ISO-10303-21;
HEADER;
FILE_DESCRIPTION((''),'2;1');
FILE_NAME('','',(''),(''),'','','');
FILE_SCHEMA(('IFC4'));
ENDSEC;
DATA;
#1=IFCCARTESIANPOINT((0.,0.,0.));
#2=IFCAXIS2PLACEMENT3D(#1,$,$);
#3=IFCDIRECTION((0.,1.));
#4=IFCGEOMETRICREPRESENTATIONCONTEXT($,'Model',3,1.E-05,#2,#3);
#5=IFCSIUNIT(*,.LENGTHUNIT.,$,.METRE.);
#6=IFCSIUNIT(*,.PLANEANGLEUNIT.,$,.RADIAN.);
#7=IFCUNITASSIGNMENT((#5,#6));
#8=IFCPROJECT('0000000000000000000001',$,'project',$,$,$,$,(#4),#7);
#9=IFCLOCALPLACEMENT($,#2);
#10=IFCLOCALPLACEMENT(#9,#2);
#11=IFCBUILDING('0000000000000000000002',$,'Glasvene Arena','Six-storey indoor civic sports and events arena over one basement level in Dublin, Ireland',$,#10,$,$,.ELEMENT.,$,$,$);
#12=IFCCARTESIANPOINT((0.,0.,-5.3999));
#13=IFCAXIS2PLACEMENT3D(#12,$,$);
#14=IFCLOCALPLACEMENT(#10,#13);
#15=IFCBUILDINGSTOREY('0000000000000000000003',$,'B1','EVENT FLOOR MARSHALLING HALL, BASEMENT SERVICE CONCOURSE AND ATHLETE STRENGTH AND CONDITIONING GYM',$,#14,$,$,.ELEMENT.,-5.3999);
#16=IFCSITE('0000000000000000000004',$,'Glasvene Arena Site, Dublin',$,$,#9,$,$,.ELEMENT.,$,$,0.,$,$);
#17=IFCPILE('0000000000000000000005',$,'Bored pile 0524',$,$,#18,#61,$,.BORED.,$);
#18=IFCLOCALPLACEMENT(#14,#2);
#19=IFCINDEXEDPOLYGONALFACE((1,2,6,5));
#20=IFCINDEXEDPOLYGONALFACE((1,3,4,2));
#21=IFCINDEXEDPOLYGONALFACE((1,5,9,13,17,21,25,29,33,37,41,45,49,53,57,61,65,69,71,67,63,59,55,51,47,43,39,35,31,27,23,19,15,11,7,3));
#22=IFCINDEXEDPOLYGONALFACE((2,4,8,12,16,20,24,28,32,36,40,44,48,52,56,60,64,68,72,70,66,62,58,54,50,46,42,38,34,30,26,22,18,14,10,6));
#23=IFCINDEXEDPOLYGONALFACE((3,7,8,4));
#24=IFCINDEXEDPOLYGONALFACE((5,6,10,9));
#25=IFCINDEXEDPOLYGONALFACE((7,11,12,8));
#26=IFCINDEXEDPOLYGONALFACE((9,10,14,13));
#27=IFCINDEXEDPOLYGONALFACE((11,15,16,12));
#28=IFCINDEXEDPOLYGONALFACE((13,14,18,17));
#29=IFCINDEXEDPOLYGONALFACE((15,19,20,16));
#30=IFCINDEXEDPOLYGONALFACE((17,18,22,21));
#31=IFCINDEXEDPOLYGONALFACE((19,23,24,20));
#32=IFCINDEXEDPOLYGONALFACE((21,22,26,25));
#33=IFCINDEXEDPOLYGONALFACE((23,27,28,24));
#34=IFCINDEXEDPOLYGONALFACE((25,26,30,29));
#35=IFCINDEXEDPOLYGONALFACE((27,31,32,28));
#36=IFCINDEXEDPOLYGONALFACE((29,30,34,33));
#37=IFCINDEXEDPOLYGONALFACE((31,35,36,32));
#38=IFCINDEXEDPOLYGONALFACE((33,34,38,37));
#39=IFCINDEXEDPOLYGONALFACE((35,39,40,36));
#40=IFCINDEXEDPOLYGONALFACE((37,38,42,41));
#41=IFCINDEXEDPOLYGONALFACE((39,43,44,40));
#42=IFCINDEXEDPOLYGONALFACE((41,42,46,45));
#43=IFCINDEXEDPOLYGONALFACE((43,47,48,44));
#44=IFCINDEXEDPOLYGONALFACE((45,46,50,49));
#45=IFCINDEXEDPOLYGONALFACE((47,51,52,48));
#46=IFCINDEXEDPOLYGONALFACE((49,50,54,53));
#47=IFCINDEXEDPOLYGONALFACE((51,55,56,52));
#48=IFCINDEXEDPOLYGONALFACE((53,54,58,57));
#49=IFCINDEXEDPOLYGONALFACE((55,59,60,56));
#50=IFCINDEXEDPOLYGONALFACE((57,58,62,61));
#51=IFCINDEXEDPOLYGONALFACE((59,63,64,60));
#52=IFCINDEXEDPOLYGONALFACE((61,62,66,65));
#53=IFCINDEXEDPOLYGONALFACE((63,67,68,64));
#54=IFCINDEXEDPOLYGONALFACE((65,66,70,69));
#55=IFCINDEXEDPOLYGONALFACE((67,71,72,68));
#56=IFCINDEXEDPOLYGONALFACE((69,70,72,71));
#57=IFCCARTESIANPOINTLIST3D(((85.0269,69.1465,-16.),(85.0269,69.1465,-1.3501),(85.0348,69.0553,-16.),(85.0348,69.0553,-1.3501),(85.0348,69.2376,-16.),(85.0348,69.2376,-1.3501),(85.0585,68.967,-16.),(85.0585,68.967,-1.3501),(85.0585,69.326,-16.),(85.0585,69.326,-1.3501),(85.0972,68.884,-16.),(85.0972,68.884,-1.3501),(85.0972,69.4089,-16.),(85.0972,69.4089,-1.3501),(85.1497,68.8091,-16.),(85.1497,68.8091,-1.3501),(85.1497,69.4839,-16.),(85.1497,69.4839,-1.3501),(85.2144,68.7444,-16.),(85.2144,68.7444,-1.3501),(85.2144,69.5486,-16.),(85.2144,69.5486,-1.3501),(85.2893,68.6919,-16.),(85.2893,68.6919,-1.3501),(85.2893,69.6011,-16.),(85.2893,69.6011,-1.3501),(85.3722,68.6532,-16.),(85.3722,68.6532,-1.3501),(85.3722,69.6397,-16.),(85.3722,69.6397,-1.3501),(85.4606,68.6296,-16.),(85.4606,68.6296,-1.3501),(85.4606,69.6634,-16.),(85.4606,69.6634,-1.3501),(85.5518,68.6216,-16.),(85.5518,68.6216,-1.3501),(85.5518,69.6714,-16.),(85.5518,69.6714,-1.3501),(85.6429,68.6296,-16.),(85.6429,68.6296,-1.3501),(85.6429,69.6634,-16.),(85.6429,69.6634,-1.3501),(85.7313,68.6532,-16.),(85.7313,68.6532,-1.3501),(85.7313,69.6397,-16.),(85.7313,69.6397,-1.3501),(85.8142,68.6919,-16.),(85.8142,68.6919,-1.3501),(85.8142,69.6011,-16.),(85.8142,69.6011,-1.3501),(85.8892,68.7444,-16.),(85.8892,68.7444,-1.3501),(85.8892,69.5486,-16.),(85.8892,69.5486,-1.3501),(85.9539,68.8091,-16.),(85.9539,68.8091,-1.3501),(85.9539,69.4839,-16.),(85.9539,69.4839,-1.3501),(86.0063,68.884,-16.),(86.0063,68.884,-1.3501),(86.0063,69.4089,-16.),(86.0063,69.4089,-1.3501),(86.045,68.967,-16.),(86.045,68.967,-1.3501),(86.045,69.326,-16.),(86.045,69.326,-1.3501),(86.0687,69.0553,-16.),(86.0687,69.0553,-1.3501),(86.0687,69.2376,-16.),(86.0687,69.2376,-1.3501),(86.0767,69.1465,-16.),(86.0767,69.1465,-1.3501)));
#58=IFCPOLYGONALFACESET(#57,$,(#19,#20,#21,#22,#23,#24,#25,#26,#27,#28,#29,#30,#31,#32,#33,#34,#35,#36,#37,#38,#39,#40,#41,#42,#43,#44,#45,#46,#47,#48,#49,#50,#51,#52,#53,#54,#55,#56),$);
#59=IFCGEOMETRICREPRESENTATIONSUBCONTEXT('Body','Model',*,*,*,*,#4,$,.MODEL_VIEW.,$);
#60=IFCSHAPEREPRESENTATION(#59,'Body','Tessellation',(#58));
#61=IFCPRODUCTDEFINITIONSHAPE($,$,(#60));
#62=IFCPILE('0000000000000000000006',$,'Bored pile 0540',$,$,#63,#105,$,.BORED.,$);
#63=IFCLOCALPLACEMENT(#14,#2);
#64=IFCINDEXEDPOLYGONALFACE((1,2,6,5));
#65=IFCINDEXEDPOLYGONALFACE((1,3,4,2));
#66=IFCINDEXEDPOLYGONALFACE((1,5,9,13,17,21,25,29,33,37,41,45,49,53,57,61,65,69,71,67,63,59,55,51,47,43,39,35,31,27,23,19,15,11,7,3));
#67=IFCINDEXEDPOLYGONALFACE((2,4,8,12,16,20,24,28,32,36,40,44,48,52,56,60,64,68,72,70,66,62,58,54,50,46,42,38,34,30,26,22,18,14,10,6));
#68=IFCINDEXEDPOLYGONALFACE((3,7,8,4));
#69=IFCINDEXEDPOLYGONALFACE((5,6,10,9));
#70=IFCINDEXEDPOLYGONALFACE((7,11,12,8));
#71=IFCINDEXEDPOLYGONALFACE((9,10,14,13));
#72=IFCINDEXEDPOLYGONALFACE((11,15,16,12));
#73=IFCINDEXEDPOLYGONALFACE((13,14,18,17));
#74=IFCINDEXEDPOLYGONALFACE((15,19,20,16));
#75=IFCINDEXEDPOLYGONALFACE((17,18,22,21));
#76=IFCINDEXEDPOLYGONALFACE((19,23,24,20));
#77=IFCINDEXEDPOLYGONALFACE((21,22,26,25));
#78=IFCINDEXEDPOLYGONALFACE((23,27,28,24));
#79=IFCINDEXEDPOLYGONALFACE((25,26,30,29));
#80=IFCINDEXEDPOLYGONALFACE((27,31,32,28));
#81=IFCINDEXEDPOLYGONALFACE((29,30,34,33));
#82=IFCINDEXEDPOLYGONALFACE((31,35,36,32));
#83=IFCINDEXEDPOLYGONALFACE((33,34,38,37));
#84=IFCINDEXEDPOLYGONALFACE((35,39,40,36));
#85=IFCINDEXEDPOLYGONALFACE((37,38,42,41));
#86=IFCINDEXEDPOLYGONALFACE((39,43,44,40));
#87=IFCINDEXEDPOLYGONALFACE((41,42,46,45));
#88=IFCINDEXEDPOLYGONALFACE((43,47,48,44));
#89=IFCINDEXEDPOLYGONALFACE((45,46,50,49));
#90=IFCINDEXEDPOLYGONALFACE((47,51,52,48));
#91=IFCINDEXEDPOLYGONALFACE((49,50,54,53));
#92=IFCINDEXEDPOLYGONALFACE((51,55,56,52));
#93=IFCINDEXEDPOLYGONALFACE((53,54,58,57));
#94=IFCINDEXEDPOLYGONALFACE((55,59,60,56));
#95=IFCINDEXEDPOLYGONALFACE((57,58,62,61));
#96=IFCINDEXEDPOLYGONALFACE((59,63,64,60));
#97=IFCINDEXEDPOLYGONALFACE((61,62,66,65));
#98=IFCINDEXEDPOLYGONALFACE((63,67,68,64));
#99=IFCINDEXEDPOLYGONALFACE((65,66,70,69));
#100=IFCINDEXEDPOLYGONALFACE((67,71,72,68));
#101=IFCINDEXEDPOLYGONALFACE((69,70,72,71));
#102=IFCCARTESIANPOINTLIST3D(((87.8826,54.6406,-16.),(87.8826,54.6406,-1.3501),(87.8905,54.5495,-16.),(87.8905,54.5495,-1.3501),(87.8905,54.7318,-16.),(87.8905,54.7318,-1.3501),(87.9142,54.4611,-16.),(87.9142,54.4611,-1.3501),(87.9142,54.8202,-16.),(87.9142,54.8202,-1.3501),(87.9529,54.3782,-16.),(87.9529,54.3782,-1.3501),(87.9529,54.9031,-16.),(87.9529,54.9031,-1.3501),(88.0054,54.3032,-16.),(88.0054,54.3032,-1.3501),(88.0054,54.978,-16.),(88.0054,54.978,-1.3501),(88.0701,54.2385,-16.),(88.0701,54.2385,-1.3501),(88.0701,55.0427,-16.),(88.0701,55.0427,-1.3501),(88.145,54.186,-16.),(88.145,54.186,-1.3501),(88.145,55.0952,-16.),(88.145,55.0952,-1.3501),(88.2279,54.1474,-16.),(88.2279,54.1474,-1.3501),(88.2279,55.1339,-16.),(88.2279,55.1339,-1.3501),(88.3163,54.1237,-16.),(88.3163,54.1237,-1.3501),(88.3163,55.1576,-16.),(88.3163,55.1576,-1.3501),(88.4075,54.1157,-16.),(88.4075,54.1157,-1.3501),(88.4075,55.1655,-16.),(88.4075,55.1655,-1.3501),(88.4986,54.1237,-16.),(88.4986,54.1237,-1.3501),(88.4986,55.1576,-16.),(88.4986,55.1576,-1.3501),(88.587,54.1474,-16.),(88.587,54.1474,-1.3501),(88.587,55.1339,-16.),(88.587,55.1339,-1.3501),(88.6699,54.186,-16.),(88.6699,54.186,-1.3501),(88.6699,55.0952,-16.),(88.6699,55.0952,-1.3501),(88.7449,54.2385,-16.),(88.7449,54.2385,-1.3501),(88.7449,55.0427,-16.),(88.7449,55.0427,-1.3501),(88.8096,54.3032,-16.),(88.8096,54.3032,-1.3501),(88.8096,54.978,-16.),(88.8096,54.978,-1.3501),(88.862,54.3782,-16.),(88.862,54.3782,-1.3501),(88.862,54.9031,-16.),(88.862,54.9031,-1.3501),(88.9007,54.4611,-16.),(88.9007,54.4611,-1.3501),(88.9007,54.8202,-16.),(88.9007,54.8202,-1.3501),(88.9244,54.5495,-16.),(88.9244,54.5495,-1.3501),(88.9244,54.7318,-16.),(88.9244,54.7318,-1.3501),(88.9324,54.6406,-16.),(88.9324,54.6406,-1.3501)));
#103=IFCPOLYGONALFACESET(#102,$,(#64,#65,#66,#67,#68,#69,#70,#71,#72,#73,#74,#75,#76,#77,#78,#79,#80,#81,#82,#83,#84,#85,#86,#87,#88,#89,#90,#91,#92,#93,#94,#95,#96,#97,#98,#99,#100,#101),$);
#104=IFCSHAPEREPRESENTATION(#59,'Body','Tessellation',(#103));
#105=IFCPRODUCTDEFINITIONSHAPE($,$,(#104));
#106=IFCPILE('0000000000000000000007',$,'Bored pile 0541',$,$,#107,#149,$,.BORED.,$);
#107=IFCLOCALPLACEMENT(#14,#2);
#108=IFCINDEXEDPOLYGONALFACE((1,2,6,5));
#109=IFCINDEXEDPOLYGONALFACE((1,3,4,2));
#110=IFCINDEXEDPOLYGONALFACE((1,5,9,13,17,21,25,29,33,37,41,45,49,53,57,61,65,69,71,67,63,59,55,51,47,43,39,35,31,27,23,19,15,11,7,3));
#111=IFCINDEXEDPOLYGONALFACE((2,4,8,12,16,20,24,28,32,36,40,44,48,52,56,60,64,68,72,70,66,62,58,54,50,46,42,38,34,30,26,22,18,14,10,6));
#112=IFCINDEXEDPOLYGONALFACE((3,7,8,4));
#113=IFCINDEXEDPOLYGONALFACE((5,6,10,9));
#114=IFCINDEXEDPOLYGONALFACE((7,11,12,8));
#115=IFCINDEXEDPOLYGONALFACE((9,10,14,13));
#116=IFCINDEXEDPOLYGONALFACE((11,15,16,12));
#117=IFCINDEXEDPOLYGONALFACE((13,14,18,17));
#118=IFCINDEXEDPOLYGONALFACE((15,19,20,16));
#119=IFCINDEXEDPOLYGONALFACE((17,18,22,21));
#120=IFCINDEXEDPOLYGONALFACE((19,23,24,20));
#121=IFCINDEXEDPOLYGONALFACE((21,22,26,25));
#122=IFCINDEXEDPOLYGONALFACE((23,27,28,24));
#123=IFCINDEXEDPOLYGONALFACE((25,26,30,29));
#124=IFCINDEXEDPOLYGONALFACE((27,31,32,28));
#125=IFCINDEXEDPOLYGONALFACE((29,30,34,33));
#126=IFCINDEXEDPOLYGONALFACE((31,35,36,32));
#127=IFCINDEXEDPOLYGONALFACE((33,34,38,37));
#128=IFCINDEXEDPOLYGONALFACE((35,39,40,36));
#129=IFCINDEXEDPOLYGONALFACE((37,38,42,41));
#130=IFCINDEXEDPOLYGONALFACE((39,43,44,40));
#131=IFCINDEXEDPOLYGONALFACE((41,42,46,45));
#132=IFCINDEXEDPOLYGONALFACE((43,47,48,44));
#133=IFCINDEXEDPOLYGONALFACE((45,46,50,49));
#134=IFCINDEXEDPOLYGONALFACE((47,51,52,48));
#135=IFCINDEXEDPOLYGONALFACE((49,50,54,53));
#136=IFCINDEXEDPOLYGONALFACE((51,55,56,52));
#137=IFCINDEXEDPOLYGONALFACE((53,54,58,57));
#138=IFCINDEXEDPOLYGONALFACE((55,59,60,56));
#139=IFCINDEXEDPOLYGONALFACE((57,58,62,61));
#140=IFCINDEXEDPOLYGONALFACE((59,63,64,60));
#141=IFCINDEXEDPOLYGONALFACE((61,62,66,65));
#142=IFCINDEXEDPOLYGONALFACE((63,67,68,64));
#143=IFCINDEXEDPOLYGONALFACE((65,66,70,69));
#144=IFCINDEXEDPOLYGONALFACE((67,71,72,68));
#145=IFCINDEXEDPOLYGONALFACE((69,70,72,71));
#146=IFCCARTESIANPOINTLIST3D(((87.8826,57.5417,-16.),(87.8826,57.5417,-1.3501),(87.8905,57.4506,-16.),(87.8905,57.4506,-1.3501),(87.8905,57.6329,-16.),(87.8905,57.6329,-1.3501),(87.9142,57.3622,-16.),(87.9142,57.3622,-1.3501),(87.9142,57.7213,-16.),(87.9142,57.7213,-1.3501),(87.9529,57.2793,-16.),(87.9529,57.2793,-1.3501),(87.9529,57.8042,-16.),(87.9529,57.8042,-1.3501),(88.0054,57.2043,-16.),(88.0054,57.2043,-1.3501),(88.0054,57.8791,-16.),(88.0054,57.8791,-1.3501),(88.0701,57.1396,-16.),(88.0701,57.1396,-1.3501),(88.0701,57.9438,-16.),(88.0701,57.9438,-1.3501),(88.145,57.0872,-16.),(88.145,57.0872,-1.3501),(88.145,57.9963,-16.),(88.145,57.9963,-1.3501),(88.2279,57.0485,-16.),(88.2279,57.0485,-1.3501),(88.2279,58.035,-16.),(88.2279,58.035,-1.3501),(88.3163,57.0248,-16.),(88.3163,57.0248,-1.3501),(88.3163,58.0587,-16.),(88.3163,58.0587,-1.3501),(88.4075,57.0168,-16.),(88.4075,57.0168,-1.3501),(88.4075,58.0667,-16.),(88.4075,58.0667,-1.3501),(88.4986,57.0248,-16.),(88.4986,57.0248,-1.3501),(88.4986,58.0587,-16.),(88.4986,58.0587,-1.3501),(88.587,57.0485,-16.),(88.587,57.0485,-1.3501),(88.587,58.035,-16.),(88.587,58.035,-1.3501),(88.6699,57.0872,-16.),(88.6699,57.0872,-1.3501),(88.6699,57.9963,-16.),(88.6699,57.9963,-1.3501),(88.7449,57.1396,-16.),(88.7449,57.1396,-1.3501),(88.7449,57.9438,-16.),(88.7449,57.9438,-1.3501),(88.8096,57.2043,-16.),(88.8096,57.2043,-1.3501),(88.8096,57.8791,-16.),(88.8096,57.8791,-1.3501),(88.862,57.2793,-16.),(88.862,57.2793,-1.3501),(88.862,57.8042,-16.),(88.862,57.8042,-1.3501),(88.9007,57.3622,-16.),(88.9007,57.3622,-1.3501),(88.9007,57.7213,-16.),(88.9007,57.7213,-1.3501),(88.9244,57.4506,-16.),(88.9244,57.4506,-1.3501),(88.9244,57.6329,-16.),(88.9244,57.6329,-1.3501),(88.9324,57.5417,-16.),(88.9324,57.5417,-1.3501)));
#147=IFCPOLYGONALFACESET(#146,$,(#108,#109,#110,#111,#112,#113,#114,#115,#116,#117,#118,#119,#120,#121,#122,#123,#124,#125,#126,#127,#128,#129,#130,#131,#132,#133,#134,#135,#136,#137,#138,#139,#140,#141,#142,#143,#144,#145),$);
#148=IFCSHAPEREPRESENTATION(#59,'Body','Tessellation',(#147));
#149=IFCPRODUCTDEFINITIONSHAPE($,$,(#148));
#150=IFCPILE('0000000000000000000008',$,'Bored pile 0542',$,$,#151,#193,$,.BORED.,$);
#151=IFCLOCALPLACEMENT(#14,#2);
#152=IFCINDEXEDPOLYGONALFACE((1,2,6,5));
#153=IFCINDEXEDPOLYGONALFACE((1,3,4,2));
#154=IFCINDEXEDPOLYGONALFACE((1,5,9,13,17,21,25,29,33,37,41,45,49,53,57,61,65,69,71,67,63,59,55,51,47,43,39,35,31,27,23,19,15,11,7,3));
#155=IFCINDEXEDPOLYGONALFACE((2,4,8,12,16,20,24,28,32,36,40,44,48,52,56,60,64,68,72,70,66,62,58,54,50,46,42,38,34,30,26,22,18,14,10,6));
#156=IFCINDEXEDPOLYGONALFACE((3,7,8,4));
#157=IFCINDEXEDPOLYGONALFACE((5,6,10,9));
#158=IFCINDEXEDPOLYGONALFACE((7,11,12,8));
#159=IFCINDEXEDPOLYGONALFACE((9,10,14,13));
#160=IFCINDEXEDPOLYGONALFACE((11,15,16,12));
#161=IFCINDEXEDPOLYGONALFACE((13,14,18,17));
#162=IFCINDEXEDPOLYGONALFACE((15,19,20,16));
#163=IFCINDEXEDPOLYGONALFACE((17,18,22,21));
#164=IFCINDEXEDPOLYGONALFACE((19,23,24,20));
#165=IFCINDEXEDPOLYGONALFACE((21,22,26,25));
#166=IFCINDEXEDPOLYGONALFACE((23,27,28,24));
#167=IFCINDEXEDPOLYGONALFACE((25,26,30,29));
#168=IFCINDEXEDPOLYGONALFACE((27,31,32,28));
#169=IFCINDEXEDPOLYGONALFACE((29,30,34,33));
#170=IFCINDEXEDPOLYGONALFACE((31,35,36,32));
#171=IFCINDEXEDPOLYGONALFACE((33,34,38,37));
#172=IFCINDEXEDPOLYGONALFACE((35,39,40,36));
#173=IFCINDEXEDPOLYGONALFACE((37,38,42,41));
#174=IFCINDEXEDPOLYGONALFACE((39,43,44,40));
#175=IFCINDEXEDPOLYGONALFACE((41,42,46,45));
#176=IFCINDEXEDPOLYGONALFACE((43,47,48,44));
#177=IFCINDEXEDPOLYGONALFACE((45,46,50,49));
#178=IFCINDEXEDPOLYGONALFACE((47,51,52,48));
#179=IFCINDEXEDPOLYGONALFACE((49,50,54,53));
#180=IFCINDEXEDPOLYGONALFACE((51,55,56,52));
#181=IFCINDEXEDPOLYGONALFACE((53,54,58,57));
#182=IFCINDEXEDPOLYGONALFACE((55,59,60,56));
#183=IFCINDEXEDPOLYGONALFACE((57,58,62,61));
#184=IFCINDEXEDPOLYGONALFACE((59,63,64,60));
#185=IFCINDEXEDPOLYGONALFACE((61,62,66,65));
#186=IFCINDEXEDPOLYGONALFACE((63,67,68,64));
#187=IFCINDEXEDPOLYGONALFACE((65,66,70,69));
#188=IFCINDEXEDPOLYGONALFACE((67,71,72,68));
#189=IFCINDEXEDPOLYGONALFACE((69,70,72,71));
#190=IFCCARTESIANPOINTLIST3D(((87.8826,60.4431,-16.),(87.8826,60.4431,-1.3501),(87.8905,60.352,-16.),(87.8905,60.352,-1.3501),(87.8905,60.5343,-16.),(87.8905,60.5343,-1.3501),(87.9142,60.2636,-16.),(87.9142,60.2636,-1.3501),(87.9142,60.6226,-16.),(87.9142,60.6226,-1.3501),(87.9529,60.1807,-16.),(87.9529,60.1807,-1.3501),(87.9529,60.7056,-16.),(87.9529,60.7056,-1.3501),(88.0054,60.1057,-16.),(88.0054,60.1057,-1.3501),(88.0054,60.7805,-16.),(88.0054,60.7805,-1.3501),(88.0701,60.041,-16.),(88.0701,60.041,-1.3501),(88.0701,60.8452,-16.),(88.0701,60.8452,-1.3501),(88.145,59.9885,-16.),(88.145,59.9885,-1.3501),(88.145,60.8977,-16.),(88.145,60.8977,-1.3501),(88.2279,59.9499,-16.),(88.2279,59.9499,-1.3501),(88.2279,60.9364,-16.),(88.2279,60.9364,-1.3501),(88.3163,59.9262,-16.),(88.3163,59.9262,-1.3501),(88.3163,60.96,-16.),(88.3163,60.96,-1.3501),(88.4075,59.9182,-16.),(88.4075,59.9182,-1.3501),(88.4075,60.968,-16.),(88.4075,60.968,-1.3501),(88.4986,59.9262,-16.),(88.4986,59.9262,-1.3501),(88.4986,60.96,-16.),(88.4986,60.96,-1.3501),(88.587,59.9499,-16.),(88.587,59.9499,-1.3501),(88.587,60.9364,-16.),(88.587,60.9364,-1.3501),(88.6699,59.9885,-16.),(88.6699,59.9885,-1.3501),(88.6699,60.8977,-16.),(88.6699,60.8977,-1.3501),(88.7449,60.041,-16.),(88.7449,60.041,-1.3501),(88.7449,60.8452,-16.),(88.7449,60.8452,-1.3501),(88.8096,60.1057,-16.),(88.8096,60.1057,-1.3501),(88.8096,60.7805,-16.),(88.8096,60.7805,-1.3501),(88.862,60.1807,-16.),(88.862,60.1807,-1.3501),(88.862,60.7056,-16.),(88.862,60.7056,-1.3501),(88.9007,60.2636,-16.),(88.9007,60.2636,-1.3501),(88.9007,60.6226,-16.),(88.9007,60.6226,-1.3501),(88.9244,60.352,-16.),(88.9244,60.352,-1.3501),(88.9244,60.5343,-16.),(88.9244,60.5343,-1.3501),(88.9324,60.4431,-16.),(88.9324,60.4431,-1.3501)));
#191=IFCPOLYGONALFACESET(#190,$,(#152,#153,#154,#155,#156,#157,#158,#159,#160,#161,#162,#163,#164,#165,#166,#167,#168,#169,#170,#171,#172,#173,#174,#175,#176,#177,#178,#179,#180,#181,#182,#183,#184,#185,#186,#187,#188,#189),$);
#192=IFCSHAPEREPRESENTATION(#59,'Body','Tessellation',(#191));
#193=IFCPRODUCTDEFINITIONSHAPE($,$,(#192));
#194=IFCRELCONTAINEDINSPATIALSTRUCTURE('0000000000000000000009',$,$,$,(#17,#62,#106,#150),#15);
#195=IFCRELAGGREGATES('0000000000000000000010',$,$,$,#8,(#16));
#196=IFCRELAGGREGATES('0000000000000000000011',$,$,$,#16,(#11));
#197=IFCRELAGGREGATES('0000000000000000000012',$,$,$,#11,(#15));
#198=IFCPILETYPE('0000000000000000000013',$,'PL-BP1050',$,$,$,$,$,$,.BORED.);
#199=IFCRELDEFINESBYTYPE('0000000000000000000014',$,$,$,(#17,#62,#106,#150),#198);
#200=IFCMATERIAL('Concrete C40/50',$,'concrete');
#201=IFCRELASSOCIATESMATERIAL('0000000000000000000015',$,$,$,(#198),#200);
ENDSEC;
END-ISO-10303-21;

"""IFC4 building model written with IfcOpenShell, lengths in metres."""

from ifc_helpers import new_model, si_unit, direction, frame, origin, origin_2d, place, context, subcontext, project, spatial, circle, extrude, material, material_profile, profile_set, type_object, element, save


model = new_model("IFC4")

# Units and contexts
model_context = context("Model", 3, precision=1e-05, world=origin(), true_north=direction((0.0, 1.0)))
body_context = subcontext(model_context, "Body", "Model", "MODEL_VIEW")
ifc_project = project(units=[si_unit("LENGTHUNIT", "METRE"), si_unit("PLANEANGLEUNIT", "RADIAN")], contexts=[model_context])

# Site, building, storey
site_placement = place(None, origin())
site = spatial("IfcSite", under=ifc_project, at=site_placement, Name="Glasvene Arena Site, Dublin", CompositionType="ELEMENT", RefElevation=0.0)
building_placement = place(site_placement, origin())
building = spatial("IfcBuilding", under=site, at=building_placement, Name="Glasvene Arena", Description="Six-storey indoor civic sports and events arena over one basement level in Dublin, Ireland", CompositionType="ELEMENT")
storey_placement = place(building_placement, frame((0.0, 0.0, -5.3999)))
storey = spatial("IfcBuildingStorey", under=building, at=storey_placement, Name="B1", Description="EVENT FLOOR MARSHALLING HALL, BASEMENT SERVICE CONCOURSE AND ATHLETE STRENGTH AND CONDITIONING GYM", CompositionType="ELEMENT", Elevation=-5.3999)

# Piles
ifc_material = material(Name="Concrete C40/50", Category="concrete")
ifc_material_profile_1 = material_profile(ifc_material, circle(Radius=0.5249, at=origin_2d()), Name="BORED PILE 1050")
ifc_profile_set_1 = profile_set([ifc_material_profile_1], Name="Concrete C40/50")
pile_type = type_object("IfcPileType", Name="PL-BP1050", PredefinedType="BORED", material=ifc_profile_set_1)
for number, where, z_axis, x_axis, name in (
    (1, (85.5518, 69.1465, -1.3501), (0.0, 0.0, -1.0), (1.0, 0.0, 0.0), "Bored pile 0524"),
    (2, (88.4075, 54.6406, -1.3501), (0.0, 0.0, -1.0), (1.0, 0.0, 0.0), "Bored pile 0540"),
    (3, (88.4075, 57.5417, -1.3501), (0.0, 0.0, -1.0), (1.0, 0.0, 0.0), "Bored pile 0541"),
    (4, (88.4075, 60.4431, -1.3501), (0.0, 0.0, -1.0), (1.0, 0.0, 0.0), "Bored pile 0542"),
):
    element("IfcPile", number, at=place(storey_placement, frame(where, z_axis=z_axis, x_axis=x_axis)), inside=storey, type_object=pile_type, Name=name, PredefinedType="BORED", context=body_context, shape_type="SweptSolid", body=[
        extrude(circle(Radius=0.5249, at=origin_2d()), origin(), (0.0, 0.0, 1.0), 14.6499),
    ])

save(model, "model.ifc")
